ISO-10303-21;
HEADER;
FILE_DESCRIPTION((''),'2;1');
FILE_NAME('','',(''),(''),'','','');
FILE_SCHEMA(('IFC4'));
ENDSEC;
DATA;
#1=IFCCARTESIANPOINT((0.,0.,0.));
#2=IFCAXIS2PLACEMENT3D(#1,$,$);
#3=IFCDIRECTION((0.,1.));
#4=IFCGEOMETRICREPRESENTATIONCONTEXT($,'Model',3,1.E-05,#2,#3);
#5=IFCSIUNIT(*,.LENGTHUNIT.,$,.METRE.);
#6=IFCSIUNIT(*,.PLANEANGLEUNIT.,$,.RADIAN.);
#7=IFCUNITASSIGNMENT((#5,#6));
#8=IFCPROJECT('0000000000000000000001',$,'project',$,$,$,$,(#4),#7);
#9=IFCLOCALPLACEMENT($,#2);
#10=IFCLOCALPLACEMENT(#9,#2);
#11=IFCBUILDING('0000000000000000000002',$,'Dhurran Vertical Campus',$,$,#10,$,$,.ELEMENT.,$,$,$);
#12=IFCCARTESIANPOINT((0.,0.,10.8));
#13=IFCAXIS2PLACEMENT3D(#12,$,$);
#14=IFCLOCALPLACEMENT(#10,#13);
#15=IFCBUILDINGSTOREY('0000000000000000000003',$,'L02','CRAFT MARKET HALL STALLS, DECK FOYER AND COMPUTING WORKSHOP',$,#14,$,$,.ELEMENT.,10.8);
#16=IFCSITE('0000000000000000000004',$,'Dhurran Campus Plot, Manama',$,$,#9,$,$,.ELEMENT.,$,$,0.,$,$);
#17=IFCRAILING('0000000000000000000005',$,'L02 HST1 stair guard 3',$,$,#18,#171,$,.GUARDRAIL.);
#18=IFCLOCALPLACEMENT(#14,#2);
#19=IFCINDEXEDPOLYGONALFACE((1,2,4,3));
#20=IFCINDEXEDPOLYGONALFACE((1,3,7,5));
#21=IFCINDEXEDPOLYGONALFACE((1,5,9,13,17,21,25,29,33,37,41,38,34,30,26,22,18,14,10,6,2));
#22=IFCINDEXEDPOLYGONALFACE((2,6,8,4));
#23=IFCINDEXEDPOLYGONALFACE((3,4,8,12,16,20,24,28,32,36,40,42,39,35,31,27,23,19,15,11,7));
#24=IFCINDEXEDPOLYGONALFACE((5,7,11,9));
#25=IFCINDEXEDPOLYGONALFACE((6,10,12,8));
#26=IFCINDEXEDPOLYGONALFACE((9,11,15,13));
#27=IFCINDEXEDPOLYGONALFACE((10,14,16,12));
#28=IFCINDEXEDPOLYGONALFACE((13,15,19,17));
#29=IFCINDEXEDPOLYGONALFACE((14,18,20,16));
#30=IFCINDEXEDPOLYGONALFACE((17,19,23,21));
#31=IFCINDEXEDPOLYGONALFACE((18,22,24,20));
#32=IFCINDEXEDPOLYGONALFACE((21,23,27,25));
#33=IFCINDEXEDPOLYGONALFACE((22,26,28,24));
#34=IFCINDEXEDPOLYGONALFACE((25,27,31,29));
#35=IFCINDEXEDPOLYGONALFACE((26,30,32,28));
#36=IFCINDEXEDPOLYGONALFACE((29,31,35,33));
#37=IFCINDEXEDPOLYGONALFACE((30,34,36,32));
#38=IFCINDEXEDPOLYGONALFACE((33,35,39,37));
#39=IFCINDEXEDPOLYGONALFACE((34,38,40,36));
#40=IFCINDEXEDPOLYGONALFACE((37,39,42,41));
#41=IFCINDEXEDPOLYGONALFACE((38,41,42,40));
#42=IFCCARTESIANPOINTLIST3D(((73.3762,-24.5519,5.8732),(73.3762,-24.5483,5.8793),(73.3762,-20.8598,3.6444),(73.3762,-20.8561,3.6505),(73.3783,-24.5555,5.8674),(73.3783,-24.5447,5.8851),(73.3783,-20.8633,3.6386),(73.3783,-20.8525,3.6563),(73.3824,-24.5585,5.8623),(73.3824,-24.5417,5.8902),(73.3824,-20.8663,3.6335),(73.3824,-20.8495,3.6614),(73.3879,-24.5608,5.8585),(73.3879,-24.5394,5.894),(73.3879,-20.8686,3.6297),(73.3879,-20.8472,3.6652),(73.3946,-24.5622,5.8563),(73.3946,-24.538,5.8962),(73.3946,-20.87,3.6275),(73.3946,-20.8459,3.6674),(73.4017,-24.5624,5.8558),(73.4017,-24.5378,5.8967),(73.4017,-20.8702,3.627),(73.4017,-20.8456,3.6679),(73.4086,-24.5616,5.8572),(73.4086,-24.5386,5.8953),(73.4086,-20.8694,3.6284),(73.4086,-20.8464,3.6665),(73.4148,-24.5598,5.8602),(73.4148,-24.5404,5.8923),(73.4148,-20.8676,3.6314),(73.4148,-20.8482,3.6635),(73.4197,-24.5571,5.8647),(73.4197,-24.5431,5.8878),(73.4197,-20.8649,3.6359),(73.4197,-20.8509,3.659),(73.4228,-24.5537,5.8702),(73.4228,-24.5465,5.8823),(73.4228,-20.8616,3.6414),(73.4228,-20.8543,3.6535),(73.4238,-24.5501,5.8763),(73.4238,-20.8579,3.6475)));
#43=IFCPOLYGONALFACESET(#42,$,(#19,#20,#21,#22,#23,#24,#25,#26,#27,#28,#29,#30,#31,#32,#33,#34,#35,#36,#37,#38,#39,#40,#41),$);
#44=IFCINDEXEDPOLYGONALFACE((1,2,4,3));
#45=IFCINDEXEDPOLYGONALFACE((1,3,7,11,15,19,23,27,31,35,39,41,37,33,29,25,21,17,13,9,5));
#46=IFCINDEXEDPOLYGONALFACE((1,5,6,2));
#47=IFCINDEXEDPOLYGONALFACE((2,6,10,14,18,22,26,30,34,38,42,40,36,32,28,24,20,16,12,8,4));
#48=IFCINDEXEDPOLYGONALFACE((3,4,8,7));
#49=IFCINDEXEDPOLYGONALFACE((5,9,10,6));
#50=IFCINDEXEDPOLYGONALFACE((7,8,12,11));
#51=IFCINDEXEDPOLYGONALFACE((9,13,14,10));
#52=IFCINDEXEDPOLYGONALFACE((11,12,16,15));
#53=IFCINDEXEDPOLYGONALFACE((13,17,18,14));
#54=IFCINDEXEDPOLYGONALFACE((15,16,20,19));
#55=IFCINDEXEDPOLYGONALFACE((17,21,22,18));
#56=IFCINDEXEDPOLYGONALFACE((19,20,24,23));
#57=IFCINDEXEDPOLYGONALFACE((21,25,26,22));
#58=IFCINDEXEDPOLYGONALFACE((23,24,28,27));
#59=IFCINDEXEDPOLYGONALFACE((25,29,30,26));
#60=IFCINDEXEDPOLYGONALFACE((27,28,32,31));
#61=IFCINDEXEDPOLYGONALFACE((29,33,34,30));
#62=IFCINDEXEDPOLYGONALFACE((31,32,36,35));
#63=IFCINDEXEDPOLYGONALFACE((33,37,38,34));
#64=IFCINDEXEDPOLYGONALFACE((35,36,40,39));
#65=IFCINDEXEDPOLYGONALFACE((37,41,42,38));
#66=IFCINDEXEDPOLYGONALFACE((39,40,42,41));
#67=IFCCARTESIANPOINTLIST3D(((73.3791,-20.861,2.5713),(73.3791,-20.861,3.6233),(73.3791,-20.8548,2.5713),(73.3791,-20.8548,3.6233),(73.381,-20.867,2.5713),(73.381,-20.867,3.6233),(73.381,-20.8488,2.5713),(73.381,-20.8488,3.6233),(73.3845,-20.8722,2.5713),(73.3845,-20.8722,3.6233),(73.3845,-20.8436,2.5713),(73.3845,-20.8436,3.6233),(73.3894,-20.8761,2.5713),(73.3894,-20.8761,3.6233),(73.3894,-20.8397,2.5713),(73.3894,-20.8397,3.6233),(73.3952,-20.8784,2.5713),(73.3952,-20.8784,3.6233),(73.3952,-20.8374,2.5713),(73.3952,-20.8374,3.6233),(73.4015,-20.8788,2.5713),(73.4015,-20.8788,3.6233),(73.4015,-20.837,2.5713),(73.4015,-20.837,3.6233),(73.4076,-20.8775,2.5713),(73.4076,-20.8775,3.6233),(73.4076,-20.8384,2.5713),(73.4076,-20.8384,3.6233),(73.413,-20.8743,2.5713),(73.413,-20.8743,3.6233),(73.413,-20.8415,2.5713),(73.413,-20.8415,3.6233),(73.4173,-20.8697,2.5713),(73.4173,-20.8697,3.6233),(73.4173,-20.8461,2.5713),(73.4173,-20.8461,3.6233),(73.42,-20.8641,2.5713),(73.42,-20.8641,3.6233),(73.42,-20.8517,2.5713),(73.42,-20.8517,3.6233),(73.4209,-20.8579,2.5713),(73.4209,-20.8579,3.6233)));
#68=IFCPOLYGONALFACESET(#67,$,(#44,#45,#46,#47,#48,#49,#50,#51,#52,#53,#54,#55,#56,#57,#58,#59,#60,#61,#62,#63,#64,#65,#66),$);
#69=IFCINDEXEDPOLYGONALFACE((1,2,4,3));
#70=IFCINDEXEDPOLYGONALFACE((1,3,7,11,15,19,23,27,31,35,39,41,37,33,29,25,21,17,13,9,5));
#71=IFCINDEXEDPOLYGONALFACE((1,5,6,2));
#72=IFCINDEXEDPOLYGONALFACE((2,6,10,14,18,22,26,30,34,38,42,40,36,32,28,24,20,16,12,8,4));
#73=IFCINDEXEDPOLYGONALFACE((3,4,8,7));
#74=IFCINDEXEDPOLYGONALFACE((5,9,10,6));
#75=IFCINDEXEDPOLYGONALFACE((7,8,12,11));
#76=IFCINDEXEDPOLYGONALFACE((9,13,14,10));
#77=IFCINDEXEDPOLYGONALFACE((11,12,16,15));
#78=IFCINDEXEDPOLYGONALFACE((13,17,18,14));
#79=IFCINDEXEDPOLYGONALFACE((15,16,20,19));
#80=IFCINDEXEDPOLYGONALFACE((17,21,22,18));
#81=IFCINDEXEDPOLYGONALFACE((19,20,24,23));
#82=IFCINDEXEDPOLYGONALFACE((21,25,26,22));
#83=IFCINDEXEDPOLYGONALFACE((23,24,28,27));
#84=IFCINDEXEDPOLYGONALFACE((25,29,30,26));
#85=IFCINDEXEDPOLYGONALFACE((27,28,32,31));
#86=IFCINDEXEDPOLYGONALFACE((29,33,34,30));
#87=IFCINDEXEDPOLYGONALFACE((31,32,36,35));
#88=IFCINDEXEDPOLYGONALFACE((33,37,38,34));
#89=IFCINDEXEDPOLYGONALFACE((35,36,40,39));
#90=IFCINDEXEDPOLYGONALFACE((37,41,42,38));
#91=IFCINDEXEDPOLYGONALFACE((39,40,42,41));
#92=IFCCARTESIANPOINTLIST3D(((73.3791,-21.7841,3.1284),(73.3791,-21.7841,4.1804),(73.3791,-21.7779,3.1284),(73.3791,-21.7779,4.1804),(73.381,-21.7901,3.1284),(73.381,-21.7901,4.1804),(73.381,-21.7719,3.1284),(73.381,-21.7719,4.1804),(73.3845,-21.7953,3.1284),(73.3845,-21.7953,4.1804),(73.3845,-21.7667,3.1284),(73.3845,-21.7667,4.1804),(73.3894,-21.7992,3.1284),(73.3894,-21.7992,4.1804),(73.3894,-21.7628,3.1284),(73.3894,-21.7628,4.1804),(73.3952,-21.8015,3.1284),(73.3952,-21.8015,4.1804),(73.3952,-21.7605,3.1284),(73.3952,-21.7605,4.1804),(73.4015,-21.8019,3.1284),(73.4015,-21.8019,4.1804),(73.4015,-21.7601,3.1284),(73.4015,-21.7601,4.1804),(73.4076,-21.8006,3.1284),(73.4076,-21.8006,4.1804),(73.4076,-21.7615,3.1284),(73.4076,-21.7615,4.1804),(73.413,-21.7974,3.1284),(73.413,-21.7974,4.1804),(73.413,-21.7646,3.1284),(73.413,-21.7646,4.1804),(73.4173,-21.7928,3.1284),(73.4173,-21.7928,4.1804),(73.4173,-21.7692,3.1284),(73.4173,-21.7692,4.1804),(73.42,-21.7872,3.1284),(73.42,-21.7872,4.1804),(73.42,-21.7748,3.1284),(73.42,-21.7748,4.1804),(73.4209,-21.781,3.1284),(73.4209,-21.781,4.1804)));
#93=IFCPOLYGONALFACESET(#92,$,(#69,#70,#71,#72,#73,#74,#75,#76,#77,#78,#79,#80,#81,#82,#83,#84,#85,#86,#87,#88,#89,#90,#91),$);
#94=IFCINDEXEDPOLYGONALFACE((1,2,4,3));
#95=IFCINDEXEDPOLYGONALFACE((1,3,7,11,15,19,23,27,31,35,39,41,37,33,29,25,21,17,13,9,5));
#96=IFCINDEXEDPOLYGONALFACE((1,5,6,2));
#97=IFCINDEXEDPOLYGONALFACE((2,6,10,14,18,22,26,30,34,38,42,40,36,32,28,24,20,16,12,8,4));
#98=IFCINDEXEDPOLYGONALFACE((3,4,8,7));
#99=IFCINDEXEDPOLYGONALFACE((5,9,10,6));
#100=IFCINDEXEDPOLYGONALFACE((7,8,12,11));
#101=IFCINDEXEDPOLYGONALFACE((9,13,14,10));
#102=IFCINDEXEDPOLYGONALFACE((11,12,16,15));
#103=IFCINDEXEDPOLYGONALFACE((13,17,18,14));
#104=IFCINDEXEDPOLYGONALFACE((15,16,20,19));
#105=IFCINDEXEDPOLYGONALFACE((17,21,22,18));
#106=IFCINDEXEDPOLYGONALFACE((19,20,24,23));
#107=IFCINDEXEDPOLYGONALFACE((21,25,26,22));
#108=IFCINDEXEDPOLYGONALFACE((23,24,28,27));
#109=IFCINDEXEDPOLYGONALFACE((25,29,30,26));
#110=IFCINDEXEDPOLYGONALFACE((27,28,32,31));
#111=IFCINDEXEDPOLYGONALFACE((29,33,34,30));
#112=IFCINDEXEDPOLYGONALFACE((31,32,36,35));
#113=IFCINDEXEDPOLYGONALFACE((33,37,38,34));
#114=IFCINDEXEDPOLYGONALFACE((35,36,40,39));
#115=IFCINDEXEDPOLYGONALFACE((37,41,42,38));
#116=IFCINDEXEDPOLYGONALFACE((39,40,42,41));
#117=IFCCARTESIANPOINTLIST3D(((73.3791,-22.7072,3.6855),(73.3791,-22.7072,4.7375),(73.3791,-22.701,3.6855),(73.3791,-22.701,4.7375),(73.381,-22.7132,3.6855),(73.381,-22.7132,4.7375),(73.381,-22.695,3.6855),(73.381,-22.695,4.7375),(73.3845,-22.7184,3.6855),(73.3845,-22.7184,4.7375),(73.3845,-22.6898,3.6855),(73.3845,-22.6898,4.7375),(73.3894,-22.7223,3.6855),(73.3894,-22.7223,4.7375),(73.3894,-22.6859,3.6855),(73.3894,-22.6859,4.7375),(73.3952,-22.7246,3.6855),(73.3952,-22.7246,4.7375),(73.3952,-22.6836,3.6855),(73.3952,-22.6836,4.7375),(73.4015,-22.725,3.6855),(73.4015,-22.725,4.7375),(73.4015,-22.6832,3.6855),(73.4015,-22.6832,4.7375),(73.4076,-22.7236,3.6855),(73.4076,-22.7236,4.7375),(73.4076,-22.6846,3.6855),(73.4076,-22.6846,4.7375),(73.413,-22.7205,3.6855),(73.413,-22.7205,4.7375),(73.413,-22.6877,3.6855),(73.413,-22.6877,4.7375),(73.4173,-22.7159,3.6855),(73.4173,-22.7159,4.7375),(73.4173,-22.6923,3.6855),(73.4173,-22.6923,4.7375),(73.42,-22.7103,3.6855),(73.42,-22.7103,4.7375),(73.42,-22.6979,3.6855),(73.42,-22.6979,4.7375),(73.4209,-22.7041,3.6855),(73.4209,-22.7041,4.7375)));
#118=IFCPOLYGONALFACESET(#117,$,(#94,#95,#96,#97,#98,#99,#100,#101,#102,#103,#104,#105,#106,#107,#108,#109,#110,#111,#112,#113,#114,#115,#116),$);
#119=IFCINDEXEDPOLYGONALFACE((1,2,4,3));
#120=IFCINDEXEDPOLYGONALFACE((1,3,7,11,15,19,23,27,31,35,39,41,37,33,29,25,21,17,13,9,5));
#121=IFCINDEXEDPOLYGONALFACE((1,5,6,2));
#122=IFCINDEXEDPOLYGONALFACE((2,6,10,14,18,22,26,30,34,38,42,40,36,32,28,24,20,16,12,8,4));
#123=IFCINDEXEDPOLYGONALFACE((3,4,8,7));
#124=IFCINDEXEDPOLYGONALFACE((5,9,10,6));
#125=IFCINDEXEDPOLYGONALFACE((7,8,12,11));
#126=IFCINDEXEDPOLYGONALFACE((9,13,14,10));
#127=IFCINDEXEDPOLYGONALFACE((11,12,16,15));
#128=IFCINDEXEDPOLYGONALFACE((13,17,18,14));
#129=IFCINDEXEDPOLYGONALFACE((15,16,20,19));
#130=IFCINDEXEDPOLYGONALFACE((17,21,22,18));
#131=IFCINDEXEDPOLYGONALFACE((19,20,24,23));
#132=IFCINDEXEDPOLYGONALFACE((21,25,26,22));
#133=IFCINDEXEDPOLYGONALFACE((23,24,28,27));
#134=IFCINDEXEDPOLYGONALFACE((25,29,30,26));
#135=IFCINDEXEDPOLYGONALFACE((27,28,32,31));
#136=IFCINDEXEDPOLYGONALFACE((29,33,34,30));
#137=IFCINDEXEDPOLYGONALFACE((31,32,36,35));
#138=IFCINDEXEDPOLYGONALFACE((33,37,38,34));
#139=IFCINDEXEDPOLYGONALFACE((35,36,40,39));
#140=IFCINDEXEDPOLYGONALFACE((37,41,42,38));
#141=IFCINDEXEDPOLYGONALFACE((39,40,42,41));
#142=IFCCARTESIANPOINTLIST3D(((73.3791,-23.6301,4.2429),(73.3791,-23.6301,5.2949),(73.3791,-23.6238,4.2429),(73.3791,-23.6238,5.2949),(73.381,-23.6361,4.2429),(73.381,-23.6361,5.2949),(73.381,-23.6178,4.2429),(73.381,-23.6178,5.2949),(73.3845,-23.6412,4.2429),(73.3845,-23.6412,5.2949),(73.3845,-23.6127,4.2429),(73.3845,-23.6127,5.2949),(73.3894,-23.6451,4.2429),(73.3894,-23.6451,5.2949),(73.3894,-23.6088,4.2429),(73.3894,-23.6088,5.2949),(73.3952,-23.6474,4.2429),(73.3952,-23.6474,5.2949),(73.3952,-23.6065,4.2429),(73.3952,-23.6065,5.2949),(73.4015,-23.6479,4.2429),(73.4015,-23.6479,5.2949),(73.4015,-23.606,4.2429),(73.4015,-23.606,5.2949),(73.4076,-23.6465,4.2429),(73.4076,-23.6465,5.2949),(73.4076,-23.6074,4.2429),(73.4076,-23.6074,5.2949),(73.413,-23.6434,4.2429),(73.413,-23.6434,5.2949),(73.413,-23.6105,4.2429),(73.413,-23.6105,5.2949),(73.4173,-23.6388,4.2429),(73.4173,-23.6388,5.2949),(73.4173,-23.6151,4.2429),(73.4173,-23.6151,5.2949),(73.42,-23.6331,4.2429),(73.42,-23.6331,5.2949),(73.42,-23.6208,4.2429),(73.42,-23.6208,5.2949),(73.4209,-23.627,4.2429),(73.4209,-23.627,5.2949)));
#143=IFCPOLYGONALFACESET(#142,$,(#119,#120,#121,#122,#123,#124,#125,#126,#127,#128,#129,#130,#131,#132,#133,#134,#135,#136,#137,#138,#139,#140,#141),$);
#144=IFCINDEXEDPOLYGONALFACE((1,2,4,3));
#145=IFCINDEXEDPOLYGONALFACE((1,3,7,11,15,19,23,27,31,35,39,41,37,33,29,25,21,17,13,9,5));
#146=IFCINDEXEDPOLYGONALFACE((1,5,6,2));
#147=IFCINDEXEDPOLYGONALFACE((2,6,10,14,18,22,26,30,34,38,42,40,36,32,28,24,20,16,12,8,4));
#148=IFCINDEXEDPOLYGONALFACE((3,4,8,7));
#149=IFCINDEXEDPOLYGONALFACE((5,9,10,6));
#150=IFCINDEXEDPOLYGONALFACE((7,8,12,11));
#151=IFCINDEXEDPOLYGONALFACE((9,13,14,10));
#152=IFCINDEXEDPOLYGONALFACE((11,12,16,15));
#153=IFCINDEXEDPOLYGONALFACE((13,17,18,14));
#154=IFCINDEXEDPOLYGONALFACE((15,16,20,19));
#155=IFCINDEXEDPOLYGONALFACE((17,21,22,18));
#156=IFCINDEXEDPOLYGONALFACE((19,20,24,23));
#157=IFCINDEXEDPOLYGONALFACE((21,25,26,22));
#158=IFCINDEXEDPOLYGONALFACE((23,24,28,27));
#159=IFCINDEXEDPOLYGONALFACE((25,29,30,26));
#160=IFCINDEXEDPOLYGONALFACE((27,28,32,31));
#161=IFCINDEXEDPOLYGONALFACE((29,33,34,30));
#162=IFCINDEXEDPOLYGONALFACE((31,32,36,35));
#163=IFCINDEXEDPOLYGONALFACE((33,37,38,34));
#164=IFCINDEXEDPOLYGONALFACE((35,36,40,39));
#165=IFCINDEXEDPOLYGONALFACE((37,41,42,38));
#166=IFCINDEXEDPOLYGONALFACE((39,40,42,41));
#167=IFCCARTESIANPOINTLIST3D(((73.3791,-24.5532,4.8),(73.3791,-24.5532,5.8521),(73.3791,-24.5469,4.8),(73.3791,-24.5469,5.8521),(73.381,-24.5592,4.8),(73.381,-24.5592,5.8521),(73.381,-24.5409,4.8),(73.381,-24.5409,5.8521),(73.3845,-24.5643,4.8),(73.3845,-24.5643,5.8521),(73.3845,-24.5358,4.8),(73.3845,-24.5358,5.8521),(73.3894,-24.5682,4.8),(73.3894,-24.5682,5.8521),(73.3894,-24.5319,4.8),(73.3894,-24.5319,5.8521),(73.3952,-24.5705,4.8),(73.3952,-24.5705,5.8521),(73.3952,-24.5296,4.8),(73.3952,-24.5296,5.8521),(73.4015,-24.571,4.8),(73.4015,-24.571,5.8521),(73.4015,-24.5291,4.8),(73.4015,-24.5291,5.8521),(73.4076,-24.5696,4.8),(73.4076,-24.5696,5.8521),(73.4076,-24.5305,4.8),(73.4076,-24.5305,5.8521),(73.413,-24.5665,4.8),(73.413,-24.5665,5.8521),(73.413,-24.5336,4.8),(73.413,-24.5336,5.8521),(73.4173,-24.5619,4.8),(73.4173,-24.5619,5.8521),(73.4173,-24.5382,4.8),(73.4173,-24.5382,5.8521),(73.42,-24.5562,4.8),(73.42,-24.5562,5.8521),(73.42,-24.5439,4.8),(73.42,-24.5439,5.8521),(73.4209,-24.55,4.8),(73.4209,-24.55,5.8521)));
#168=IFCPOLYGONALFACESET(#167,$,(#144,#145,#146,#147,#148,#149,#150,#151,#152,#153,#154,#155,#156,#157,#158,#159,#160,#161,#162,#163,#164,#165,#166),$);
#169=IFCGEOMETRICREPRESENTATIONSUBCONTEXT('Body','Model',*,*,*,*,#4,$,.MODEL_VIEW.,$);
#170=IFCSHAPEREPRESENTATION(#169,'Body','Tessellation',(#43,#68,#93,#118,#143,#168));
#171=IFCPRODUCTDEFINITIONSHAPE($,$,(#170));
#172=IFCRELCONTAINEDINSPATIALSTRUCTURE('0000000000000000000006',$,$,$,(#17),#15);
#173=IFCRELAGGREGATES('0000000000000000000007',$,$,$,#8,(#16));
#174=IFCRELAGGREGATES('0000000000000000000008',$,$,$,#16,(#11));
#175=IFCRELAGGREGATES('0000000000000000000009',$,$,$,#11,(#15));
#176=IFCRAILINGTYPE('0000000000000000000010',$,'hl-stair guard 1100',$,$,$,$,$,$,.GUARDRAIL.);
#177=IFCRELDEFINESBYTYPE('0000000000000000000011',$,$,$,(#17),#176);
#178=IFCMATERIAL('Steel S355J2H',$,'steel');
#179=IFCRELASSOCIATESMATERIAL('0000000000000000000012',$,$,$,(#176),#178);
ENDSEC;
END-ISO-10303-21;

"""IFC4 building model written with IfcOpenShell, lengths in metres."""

from ifc_helpers import new_model, si_unit, direction, frame, origin, origin_2d, place, context, subcontext, project, spatial, circle, extrude, material, type_object, element, save


model = new_model("IFC4")

# Units and contexts
model_context = context("Model", 3, precision=1e-05, world=origin(), true_north=direction((0.0, 1.0)))
body_context = subcontext(model_context, "Body", "Model", "MODEL_VIEW")
ifc_project = project(units=[si_unit("LENGTHUNIT", "METRE"), si_unit("PLANEANGLEUNIT", "RADIAN")], contexts=[model_context])

# Site, building, storey
site_placement = place(None, origin())
site = spatial("IfcSite", under=ifc_project, at=site_placement, Name="Dhurran Campus Plot, Manama", CompositionType="ELEMENT", RefElevation=0.0)
building_placement = place(site_placement, origin())
building = spatial("IfcBuilding", under=site, at=building_placement, Name="Dhurran Vertical Campus", CompositionType="ELEMENT")
storey_placement = place(building_placement, frame((0.0, 0.0, 10.8)))
storey = spatial("IfcBuildingStorey", under=building, at=storey_placement, Name="L02", Description="CRAFT MARKET HALL STALLS, DECK FOYER AND COMPUTING WORKSHOP", CompositionType="ELEMENT", Elevation=10.8)

# Railing
ifc_material_1 = material(Name="Steel S355J2H", Category="steel")
railing_type_1 = type_object("IfcRailingType", Name="hl-stair guard 1100", PredefinedType="GUARDRAIL", material=ifc_material_1)
railing_1_placement = place(storey_placement, frame((73.3999, -20.8579, 2.5713)))
element("IfcRailing", 1, at=railing_1_placement, inside=storey, type_object=railing_type_1, Name="L02 HST1 stair guard 3", PredefinedType="GUARDRAIL", context=body_context, shape_type="SweptSolid", body=[
    extrude(circle(Radius=0.0239, at=origin_2d()), frame((0.0, 0.0, 1.0762), z_axis=(0.0, -0.856111, 0.516792), x_axis=(1.0, 0.0, 0.0)), (0.0, 0.0, 1.0), 4.3127),
    extrude(circle(Radius=0.021, at=origin_2d()), origin(), (0.0, 0.0, 1.0), 1.052),
    extrude(circle(Radius=0.021, at=origin_2d()), frame((0.0, -0.9231, 0.5571)), (0.0, 0.0, 1.0), 1.052),
    extrude(circle(Radius=0.021, at=origin_2d()), frame((0.0, -1.8462, 1.1143)), (0.0, 0.0, 1.0), 1.052),
    extrude(circle(Radius=0.021, at=origin_2d()), frame((0.0, -2.769, 1.6716)), (0.0, 0.0, 1.0), 1.052),
    extrude(circle(Radius=0.021, at=origin_2d()), frame((0.0, -3.6921, 2.2288)), (0.0, 0.0, 1.0), 1.052),
])

save(model, "model.ifc")
